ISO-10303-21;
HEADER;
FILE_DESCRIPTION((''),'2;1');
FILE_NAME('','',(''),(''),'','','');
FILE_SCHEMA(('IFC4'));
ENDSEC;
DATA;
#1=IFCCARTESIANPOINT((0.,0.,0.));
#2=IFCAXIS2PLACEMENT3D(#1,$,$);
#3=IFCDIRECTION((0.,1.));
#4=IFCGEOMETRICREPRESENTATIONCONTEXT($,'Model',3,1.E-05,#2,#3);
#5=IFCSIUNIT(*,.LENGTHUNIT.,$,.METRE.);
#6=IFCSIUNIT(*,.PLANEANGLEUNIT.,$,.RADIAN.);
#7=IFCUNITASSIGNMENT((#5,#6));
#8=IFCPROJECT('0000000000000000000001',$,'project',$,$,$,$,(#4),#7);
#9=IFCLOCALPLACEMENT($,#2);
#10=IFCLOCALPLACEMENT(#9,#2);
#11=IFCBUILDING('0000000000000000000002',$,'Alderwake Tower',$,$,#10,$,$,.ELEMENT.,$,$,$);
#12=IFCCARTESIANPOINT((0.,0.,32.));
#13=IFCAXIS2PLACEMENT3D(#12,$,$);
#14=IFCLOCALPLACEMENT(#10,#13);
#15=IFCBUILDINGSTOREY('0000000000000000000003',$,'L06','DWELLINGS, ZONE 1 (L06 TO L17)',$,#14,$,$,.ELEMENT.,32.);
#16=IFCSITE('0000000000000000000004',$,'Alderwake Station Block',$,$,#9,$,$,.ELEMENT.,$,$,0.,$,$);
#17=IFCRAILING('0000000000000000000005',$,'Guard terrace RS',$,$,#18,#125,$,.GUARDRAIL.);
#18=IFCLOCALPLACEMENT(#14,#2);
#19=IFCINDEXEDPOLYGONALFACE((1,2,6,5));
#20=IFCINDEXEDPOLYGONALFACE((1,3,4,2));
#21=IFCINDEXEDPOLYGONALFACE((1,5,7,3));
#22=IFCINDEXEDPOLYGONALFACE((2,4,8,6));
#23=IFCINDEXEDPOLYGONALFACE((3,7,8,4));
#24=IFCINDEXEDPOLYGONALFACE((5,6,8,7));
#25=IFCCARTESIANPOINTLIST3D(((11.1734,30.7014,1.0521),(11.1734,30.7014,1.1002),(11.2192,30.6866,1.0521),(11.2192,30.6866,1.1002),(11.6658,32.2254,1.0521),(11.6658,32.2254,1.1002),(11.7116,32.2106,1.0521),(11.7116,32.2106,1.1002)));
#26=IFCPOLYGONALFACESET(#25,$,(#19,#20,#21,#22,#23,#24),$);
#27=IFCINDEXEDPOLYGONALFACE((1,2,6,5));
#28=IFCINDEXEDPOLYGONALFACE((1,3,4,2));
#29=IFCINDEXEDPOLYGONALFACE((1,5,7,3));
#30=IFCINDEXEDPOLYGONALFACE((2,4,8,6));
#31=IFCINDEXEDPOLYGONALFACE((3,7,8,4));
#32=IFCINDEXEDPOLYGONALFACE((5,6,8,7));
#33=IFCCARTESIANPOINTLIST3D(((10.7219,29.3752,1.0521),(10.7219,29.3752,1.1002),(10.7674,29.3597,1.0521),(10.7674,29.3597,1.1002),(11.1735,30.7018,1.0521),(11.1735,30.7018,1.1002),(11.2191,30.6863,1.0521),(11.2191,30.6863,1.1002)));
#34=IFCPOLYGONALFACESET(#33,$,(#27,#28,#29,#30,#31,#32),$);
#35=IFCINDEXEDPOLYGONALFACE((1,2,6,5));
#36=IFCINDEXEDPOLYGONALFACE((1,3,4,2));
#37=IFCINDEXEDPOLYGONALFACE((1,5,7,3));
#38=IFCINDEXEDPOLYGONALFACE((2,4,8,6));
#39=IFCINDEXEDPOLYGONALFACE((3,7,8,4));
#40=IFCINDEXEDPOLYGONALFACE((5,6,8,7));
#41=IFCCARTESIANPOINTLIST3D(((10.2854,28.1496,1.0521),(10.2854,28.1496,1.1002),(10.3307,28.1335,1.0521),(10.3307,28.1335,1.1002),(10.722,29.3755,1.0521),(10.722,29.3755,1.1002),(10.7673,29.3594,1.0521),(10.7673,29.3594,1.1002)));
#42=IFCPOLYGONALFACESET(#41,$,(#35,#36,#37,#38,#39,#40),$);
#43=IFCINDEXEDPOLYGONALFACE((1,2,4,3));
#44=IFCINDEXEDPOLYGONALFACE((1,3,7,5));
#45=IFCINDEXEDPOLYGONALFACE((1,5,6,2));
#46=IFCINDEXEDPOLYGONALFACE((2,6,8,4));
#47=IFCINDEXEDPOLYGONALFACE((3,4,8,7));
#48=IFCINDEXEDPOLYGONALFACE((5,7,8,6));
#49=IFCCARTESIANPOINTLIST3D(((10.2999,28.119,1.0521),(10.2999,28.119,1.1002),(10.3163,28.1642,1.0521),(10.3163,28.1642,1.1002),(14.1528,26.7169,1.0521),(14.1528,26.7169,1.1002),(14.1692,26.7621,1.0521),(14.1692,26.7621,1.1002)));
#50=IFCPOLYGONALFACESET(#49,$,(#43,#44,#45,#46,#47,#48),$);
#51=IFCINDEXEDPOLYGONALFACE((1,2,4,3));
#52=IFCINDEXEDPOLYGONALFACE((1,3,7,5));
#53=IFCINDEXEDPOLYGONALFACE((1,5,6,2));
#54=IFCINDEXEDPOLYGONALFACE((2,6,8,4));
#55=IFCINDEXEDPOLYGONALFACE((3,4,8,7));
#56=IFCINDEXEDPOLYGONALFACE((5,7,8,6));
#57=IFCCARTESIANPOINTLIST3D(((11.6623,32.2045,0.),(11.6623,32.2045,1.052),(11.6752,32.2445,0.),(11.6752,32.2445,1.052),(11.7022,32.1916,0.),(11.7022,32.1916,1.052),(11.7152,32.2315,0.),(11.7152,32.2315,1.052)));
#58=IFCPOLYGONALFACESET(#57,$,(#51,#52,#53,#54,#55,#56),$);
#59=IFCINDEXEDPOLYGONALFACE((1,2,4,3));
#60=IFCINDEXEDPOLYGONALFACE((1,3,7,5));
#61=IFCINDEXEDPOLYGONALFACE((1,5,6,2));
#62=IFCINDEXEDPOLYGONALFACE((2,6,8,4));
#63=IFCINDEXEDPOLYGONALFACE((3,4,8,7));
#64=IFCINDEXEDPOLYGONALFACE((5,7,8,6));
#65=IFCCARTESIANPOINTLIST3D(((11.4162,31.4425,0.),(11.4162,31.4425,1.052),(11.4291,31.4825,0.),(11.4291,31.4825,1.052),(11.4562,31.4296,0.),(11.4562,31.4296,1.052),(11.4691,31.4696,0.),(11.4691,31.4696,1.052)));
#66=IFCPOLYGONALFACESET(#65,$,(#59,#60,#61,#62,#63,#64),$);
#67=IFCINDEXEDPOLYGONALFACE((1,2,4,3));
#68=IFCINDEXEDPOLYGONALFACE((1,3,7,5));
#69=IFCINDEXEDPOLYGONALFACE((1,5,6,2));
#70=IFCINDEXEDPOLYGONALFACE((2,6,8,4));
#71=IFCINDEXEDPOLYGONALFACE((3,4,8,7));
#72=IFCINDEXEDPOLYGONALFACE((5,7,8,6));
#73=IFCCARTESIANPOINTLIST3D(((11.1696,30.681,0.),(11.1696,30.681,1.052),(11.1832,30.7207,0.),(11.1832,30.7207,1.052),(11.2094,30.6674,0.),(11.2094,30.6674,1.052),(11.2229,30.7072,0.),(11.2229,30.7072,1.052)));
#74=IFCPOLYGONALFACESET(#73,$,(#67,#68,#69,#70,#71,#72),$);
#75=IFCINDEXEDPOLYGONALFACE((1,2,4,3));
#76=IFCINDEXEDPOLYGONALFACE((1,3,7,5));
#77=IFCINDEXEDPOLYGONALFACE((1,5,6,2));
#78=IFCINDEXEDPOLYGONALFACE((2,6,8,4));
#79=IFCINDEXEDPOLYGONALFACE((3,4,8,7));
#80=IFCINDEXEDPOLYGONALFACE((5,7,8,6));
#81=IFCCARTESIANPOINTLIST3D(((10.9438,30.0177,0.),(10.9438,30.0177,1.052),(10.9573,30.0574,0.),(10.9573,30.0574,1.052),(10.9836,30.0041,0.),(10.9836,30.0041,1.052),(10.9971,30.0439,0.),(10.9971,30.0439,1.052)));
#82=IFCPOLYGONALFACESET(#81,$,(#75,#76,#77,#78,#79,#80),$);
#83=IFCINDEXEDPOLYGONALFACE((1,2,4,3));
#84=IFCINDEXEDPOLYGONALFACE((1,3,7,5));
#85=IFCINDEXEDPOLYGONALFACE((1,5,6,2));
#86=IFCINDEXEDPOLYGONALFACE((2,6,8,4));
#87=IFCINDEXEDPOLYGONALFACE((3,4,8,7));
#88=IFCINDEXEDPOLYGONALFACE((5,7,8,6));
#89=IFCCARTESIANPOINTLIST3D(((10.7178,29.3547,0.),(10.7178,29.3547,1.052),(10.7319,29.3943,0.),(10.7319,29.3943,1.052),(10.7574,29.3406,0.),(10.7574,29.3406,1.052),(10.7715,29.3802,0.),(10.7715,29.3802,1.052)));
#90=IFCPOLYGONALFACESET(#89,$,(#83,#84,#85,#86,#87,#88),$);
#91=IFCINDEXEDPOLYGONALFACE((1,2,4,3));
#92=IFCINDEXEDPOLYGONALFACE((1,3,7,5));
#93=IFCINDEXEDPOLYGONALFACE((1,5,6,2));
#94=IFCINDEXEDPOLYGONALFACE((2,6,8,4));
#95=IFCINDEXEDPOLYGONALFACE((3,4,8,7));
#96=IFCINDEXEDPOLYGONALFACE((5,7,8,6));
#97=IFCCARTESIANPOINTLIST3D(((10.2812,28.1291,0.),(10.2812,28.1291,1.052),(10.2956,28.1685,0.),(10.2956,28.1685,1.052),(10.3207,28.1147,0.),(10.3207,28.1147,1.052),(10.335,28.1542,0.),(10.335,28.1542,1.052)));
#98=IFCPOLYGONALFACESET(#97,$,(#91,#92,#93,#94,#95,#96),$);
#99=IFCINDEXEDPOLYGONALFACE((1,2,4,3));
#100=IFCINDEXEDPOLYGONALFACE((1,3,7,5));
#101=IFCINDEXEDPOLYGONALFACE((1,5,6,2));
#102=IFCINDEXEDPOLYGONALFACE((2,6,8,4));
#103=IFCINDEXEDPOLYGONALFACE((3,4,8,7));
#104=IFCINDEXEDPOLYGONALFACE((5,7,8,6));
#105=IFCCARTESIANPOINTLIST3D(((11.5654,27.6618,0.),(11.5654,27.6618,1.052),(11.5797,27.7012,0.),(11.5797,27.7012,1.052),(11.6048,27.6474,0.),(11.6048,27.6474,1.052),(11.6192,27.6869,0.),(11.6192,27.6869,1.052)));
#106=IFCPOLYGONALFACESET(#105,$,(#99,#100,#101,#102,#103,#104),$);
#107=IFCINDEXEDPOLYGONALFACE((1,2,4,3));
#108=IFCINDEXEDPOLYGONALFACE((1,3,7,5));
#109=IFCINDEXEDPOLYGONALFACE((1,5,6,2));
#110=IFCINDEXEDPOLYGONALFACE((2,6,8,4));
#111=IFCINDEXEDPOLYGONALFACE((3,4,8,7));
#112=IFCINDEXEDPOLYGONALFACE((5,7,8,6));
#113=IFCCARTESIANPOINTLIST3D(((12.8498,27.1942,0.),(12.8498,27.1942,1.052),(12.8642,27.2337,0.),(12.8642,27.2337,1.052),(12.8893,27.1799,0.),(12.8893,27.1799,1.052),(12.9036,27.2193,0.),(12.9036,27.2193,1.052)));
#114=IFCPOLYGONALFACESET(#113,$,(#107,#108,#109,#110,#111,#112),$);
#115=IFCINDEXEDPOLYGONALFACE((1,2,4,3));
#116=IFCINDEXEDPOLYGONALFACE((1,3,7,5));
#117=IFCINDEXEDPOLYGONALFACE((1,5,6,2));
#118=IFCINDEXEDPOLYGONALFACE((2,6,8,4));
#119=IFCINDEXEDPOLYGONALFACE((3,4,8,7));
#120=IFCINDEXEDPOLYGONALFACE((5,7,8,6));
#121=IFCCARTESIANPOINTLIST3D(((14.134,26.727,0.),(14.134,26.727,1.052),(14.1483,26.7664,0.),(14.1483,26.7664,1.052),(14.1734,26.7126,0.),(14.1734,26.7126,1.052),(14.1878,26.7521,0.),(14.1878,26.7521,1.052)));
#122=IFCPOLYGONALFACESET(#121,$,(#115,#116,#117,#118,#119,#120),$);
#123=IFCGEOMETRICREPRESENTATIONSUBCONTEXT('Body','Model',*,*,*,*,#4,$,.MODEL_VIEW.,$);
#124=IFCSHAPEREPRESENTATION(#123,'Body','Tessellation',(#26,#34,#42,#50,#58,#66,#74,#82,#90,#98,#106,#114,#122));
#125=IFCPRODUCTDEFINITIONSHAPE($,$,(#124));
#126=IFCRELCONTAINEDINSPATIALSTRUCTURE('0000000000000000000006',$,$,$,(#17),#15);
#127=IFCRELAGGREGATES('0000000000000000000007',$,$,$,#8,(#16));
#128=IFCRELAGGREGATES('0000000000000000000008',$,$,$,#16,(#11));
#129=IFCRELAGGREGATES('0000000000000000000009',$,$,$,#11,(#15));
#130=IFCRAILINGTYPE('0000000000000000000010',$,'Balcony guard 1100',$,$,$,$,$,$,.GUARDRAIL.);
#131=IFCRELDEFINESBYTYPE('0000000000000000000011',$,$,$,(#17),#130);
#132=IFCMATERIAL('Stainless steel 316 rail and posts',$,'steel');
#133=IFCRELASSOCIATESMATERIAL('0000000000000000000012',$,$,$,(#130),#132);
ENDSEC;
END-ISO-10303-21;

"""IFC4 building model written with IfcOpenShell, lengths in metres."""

from ifc_helpers import new_model, si_unit, direction, frame, origin, origin_2d, place, context, subcontext, project, spatial, rectangle, extrude, material, type_object, element, save


model = new_model("IFC4")

# Units and contexts
model_context = context("Model", 3, precision=1e-05, world=origin(), true_north=direction((0.0, 1.0)))
body_context = subcontext(model_context, "Body", "Model", "MODEL_VIEW")
ifc_project = project(units=[si_unit("LENGTHUNIT", "METRE"), si_unit("PLANEANGLEUNIT", "RADIAN")], contexts=[model_context])

# Site, building, storey
site_placement = place(None, origin())
site = spatial("IfcSite", under=ifc_project, at=site_placement, Name="Alderwake Station Block", CompositionType="ELEMENT", RefElevation=0.0)
building_placement = place(site_placement, origin())
building = spatial("IfcBuilding", under=site, at=building_placement, Name="Alderwake Tower", CompositionType="ELEMENT")
storey_placement = place(building_placement, frame((0.0, 0.0, 32.0)))
storey = spatial("IfcBuildingStorey", under=building, at=storey_placement, Name="L06", Description="DWELLINGS, ZONE 1 (L06 TO L17)", CompositionType="ELEMENT", Elevation=32.0)

# Railing
ifc_material_1 = material(Name="Stainless steel 316 rail and posts", Category="steel")
railing_type = type_object("IfcRailingType", Name="Balcony guard 1100", PredefinedType="GUARDRAIL", material=ifc_material_1)
railing_1_placement = place(storey_placement, frame((11.6887, 32.218, 0.0)))
element("IfcRailing", 1, at=railing_1_placement, inside=storey, type_object=railing_type, Name="Guard terrace RS", PredefinedType="GUARDRAIL", context=body_context, shape_type="SweptSolid", body=[
    extrude(rectangle(XDim=0.0481, YDim=0.0481, at=origin_2d()), frame((0.0, 0.0, 1.0762), z_axis=(-0.307479, -0.951555, 0.0), x_axis=(0.951555, -0.307479, 0.0)), (0.0, 0.0, 1.0), 1.6016),
    extrude(rectangle(XDim=0.0481, YDim=0.0481, at=origin_2d()), frame((-0.4924, -1.5239, 1.0762), z_axis=(-0.322284, -0.946643, 0.0), x_axis=(0.946643, -0.322284, 0.0)), (0.0, 0.0, 1.0), 1.4014),
    extrude(rectangle(XDim=0.0481, YDim=0.0481, at=origin_2d()), frame((-0.9441, -2.8506, 1.0762), z_axis=(-0.335469, -0.942051, 0.0), x_axis=(0.942051, -0.335469, 0.0)), (0.0, 0.0, 1.0), 1.3013),
    extrude(rectangle(XDim=0.0481, YDim=0.0481, at=origin_2d()), frame((-1.3806, -4.0764, 1.0762), z_axis=(0.939708, -0.341977, 0.0), x_axis=(0.341977, 0.939708, 0.0)), (0.0, 0.0, 1.0), 4.1001),
    extrude(rectangle(XDim=0.042, YDim=0.042, at=origin_2d()), frame((0.0, 0.0, 0.0), z_axis=(0.0, 0.0, 1.0), x_axis=(-0.307479, -0.951555, 0.0)), (0.0, 0.0, 1.0), 1.052),
    extrude(rectangle(XDim=0.042, YDim=0.042, at=origin_2d()), frame((-0.2461, -0.762, 0.0), z_axis=(0.0, 0.0, 1.0), x_axis=(-0.307479, -0.951555, 0.0)), (0.0, 0.0, 1.0), 1.052),
    extrude(rectangle(XDim=0.042, YDim=0.042, at=origin_2d()), frame((-0.4924, -1.5239, 0.0), z_axis=(0.0, 0.0, 1.0), x_axis=(-0.322284, -0.946643, 0.0)), (0.0, 0.0, 1.0), 1.052),
    extrude(rectangle(XDim=0.042, YDim=0.042, at=origin_2d()), frame((-0.7183, -2.1873, 0.0), z_axis=(0.0, 0.0, 1.0), x_axis=(-0.322284, -0.946643, 0.0)), (0.0, 0.0, 1.0), 1.052),
    extrude(rectangle(XDim=0.042, YDim=0.042, at=origin_2d()), frame((-0.9441, -2.8506, 0.0), z_axis=(0.0, 0.0, 1.0), x_axis=(-0.335469, -0.942051, 0.0)), (0.0, 0.0, 1.0), 1.052),
    extrude(rectangle(XDim=0.042, YDim=0.042, at=origin_2d()), frame((-1.3806, -4.0764, 0.0), z_axis=(0.0, 0.0, 1.0), x_axis=(0.939708, -0.341977, 0.0)), (0.0, 0.0, 1.0), 1.052),
    extrude(rectangle(XDim=0.042, YDim=0.042, at=origin_2d()), frame((-0.0964, -4.5437, 0.0), z_axis=(0.0, 0.0, 1.0), x_axis=(0.939708, -0.341977, 0.0)), (0.0, 0.0, 1.0), 1.052),
    extrude(rectangle(XDim=0.042, YDim=0.042, at=origin_2d()), frame((1.188, -5.0112, 0.0), z_axis=(0.0, 0.0, 1.0), x_axis=(0.939708, -0.341977, 0.0)), (0.0, 0.0, 1.0), 1.052),
    extrude(rectangle(XDim=0.042, YDim=0.042, at=origin_2d()), frame((2.4722, -5.4785, 0.0), z_axis=(0.0, 0.0, 1.0), x_axis=(0.939708, -0.341977, 0.0)), (0.0, 0.0, 1.0), 1.052),
])

save(model, "model.ifc")
